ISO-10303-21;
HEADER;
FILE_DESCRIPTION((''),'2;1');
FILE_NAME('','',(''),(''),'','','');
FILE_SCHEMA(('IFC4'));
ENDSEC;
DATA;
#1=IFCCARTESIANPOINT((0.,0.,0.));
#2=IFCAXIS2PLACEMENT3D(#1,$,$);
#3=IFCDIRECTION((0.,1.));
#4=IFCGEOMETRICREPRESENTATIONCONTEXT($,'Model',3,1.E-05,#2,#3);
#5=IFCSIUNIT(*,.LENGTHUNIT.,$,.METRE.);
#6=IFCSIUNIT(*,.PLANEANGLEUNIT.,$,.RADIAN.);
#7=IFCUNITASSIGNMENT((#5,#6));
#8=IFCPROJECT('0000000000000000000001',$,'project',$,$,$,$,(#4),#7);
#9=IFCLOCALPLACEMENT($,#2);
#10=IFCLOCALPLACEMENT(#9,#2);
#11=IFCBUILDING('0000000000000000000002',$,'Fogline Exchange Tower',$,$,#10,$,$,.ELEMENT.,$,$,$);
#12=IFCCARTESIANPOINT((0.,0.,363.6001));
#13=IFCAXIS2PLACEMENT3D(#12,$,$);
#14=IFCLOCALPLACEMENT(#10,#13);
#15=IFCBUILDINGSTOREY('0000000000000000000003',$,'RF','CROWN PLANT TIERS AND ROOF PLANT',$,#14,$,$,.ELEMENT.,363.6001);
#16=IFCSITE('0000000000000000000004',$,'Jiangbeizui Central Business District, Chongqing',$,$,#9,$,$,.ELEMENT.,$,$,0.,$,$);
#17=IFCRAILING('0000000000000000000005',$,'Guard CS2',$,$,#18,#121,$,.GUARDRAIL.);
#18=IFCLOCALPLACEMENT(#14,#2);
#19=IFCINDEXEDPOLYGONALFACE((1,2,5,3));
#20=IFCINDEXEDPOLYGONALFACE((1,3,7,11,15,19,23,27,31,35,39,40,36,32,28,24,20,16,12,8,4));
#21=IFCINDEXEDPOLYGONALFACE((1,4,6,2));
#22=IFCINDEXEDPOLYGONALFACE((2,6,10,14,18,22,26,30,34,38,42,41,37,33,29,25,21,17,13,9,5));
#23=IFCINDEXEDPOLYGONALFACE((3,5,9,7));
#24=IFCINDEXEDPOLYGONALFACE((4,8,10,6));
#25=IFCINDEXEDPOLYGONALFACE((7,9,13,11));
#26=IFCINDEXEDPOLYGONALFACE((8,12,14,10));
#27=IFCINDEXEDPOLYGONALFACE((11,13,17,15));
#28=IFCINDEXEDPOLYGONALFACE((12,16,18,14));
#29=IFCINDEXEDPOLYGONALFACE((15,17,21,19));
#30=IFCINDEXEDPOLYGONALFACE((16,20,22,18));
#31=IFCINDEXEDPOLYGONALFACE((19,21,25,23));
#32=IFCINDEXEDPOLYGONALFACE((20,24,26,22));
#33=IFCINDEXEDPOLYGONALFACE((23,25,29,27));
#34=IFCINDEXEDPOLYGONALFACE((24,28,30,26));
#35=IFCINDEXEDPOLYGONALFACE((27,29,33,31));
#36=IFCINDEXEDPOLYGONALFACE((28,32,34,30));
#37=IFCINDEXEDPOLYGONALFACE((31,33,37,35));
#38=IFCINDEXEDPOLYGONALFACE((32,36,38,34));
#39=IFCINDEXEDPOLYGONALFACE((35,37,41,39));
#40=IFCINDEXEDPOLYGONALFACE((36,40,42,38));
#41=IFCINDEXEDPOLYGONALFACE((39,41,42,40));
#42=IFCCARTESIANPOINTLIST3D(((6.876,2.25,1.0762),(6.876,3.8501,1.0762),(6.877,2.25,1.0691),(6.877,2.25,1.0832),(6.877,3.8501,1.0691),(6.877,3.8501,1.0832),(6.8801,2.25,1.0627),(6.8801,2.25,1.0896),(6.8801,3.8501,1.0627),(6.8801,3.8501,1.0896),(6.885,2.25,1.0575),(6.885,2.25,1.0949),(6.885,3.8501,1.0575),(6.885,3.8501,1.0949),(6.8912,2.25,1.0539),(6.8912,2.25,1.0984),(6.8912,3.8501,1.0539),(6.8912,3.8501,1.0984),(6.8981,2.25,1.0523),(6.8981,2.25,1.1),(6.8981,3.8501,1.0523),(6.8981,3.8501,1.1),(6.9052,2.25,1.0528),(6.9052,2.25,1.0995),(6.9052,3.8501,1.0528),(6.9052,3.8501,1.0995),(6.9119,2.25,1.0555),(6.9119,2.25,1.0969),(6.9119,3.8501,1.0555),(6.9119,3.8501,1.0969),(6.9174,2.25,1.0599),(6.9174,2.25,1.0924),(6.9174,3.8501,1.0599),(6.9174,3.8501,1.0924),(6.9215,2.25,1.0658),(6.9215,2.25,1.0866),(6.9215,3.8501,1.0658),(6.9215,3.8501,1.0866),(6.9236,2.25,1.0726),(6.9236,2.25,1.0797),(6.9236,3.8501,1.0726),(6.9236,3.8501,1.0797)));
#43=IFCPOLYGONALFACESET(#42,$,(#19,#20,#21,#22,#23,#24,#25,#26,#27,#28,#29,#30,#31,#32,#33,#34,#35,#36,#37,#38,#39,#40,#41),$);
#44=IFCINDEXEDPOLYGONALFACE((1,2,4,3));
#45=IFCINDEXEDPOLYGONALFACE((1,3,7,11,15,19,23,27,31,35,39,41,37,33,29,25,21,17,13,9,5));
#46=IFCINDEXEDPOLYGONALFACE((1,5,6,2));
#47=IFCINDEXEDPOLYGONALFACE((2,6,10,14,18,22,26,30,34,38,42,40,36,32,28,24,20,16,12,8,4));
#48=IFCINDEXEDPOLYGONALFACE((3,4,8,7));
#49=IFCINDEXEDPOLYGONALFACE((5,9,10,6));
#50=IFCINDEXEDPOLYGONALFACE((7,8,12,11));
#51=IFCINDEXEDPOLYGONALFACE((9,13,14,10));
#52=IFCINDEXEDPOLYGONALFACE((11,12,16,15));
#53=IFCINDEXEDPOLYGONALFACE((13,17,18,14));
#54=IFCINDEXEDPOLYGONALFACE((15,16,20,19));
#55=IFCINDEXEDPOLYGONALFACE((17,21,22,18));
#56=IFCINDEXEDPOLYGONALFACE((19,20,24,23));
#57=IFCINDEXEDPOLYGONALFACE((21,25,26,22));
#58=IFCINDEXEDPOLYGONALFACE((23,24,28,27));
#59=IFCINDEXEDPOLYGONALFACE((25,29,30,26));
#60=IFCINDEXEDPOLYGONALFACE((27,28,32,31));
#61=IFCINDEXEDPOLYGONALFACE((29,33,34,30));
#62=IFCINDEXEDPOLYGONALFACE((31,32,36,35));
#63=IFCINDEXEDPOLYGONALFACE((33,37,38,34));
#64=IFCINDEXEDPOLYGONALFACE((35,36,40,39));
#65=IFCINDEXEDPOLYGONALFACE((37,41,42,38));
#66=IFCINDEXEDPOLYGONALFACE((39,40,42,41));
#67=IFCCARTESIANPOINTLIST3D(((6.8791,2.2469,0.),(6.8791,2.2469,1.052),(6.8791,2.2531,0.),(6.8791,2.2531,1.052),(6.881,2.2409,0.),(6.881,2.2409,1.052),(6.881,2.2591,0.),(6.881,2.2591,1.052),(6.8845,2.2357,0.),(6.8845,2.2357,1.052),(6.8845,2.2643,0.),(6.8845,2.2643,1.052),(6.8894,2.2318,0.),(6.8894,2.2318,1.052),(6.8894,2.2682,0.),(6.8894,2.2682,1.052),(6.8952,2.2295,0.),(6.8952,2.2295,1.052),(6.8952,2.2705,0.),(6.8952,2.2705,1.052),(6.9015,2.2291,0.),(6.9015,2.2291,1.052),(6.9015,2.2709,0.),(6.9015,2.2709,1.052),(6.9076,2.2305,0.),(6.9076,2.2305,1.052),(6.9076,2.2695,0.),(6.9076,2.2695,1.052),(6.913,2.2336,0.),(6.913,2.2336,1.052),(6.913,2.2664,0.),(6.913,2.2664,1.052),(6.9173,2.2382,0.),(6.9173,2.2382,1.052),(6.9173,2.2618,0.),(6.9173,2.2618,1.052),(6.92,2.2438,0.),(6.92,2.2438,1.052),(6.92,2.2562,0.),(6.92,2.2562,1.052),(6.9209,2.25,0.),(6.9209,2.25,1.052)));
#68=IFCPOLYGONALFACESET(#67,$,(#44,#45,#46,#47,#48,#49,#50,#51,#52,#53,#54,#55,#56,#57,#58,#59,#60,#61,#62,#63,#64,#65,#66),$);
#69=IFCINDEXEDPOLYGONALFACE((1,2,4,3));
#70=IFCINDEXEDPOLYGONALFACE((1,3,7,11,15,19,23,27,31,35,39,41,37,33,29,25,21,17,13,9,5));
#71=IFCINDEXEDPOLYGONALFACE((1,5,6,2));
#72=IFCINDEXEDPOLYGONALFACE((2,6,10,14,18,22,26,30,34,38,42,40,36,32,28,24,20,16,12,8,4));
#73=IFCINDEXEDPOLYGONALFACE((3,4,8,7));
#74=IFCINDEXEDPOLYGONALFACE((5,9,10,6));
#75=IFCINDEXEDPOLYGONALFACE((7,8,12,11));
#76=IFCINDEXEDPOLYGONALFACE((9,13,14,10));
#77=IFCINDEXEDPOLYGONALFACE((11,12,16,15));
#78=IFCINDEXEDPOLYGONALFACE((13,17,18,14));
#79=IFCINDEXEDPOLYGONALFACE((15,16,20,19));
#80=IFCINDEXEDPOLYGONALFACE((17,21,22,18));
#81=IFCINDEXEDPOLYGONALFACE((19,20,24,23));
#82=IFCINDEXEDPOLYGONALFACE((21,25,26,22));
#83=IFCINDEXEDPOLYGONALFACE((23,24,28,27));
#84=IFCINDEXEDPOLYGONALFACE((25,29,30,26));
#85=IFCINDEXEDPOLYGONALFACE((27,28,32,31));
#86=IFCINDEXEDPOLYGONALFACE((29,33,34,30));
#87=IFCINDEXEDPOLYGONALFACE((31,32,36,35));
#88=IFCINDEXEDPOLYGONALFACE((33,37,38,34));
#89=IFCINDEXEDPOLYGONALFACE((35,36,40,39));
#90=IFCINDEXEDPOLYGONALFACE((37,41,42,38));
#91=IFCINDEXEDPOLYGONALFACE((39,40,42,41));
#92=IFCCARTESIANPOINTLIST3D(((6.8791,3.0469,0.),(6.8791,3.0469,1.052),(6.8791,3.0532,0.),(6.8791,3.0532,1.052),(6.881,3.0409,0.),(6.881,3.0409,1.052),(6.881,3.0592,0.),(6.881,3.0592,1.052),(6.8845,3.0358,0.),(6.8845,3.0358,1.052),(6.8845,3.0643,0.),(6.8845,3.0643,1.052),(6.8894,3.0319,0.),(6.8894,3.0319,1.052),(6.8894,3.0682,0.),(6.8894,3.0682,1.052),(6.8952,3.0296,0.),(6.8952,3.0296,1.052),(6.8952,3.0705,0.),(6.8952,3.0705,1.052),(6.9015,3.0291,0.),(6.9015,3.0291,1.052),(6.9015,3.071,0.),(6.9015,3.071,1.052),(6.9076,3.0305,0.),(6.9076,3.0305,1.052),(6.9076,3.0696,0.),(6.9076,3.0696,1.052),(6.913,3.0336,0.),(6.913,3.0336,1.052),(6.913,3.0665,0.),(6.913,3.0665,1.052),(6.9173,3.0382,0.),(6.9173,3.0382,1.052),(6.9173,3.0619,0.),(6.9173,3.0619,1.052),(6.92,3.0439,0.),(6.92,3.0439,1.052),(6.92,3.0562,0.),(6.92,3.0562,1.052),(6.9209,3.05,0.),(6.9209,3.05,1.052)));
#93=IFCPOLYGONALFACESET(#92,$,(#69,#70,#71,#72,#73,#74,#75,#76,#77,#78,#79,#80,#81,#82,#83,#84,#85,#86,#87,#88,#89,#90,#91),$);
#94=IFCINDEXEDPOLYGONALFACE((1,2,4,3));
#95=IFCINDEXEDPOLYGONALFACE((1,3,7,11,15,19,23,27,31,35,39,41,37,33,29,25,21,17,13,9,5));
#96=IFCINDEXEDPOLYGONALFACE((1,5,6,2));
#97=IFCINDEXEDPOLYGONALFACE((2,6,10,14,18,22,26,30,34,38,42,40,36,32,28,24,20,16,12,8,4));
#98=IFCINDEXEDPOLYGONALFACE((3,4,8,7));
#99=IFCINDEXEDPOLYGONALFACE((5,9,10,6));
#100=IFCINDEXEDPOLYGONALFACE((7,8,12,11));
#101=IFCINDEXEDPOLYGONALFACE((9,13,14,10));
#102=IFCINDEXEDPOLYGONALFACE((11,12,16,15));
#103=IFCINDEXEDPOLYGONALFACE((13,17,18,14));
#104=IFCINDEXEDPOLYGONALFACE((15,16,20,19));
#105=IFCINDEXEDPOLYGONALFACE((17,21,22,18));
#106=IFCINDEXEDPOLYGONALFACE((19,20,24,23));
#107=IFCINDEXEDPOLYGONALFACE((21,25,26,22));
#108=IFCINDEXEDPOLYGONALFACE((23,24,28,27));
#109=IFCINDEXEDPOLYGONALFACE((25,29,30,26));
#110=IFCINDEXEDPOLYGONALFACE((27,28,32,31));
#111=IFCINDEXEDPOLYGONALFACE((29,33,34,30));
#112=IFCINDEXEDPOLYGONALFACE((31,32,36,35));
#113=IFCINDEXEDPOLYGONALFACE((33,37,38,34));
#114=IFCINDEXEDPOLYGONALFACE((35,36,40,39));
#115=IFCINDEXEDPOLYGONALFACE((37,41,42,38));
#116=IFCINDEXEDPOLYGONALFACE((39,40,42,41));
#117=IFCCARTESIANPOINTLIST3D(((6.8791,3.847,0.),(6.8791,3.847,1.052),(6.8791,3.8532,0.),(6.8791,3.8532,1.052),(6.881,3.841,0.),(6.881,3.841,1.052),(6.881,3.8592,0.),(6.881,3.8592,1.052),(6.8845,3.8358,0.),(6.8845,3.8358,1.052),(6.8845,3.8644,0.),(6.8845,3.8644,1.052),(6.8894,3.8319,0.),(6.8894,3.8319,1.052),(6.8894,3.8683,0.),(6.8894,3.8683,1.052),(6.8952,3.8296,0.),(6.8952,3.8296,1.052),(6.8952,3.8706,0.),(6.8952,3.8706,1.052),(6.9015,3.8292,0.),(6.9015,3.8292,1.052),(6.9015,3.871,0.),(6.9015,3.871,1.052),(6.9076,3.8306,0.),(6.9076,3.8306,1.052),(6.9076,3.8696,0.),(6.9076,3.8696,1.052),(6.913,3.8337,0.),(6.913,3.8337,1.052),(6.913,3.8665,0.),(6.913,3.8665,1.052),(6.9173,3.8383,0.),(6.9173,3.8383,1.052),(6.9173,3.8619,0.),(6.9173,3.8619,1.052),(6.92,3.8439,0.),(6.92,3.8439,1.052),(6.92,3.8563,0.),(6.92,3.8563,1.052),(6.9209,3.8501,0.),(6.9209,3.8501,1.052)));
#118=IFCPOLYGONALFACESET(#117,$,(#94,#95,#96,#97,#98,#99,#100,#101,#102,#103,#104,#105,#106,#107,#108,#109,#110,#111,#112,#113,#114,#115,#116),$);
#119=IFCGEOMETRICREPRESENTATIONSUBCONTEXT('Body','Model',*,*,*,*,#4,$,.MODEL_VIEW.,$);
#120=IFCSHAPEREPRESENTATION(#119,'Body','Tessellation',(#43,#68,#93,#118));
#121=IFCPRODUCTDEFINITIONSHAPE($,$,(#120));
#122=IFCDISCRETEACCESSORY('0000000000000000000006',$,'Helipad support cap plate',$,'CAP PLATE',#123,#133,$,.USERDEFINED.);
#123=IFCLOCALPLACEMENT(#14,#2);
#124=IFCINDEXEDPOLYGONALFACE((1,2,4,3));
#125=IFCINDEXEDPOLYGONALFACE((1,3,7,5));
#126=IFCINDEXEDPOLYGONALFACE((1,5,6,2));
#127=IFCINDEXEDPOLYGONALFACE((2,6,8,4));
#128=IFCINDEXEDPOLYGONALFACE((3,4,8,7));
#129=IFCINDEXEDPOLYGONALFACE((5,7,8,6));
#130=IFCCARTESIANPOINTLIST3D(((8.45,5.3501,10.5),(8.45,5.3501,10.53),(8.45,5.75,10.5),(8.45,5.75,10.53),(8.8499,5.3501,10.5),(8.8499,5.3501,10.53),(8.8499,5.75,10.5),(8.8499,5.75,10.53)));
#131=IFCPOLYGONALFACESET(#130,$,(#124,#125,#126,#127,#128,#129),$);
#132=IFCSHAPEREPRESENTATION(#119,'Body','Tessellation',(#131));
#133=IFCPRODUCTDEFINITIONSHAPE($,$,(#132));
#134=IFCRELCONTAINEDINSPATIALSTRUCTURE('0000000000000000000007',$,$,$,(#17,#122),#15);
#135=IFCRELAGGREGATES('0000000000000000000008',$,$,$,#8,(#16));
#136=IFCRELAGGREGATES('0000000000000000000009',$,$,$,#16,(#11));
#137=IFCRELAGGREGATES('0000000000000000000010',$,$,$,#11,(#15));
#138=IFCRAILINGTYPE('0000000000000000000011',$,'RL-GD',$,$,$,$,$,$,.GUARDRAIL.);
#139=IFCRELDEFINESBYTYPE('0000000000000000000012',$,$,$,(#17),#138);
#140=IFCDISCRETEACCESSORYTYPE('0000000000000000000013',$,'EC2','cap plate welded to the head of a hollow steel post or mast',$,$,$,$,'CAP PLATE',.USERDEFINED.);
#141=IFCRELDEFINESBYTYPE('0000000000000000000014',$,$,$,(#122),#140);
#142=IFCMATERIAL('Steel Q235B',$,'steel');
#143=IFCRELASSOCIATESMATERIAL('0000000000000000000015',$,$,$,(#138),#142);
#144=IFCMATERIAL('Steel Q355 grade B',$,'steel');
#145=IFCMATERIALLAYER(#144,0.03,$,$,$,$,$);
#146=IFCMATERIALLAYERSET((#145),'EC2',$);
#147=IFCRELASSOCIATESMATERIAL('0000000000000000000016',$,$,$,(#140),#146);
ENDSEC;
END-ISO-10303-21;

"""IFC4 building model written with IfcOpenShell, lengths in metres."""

from ifc_helpers import new_model, si_unit, direction, frame, origin, origin_2d, place, context, subcontext, project, spatial, rectangle, circle, extrude, material, layer, layer_set, type_object, element, save


model = new_model("IFC4")

# Units and contexts
model_context = context("Model", 3, precision=1e-05, world=origin(), true_north=direction((0.0, 1.0)))
body_context = subcontext(model_context, "Body", "Model", "MODEL_VIEW")
ifc_project = project(units=[si_unit("LENGTHUNIT", "METRE"), si_unit("PLANEANGLEUNIT", "RADIAN")], contexts=[model_context])

# Site, building, storey
site_placement = place(None, origin())
site = spatial("IfcSite", under=ifc_project, at=site_placement, Name="Jiangbeizui Central Business District, Chongqing", CompositionType="ELEMENT", RefElevation=0.0)
building_placement = place(site_placement, origin())
building = spatial("IfcBuilding", under=site, at=building_placement, Name="Fogline Exchange Tower", CompositionType="ELEMENT")
storey_placement = place(building_placement, frame((0.0, 0.0, 363.6001)))
storey = spatial("IfcBuildingStorey", under=building, at=storey_placement, Name="RF", Description="CROWN PLANT TIERS AND ROOF PLANT", CompositionType="ELEMENT", Elevation=363.6001)

# Shared definitions
ifc_material_1 = material(Name="Steel Q355 grade B", Category="steel")

# Railing
ifc_material_2 = material(Name="Steel Q235B", Category="steel")
railing_type_1 = type_object("IfcRailingType", Name="RL-GD", PredefinedType="GUARDRAIL", material=ifc_material_2)
railing_1_placement = place(storey_placement, frame((6.8999, 2.25, 0.0)))
element("IfcRailing", 1, at=railing_1_placement, inside=storey, type_object=railing_type_1, Name="Guard CS2", PredefinedType="GUARDRAIL", context=body_context, shape_type="SweptSolid", body=[
    extrude(circle(Radius=0.0239, at=origin_2d()), frame((0.0, 0.0, 1.0762), z_axis=(0.0, 1.0, 0.0), x_axis=(-1.0, 0.0, 0.0)), (0.0, 0.0, 1.0), 1.6001),
    extrude(circle(Radius=0.021, at=origin_2d()), origin(), (0.0, 0.0, 1.0), 1.052),
    extrude(circle(Radius=0.021, at=origin_2d()), frame((0.0, 0.8, 0.0)), (0.0, 0.0, 1.0), 1.052),
    extrude(circle(Radius=0.021, at=origin_2d()), frame((0.0, 1.6001, 0.0)), (0.0, 0.0, 1.0), 1.052),
])

# Discrete accessory
ifc_layer_1 = layer(ifc_material_1, 0.03)
ifc_layer_set_1 = layer_set([ifc_layer_1], Name="EC2")
discrete_accessory_type = type_object("IfcDiscreteAccessoryType", Name="EC2", Description="cap plate welded to the head of a hollow steel post or mast", ElementType="CAP PLATE", PredefinedType="USERDEFINED", material=ifc_layer_set_1)
discrete_accessory_placement = place(storey_placement, frame((8.6499, 5.55, 10.5), z_axis=(0.0, 0.0, 1.0), x_axis=(1.0, 0.0, 0.0)))
element("IfcDiscreteAccessory", 2, at=discrete_accessory_placement, inside=storey, type_object=discrete_accessory_type, Name="Helipad support cap plate", ObjectType="CAP PLATE", PredefinedType="USERDEFINED", context=body_context, shape_type="SweptSolid", body=[
    extrude(rectangle(XDim=0.3999, YDim=0.3999, at=origin_2d()), origin(), (0.0, 0.0, 1.0), 0.03),
])

save(model, "model.ifc")
